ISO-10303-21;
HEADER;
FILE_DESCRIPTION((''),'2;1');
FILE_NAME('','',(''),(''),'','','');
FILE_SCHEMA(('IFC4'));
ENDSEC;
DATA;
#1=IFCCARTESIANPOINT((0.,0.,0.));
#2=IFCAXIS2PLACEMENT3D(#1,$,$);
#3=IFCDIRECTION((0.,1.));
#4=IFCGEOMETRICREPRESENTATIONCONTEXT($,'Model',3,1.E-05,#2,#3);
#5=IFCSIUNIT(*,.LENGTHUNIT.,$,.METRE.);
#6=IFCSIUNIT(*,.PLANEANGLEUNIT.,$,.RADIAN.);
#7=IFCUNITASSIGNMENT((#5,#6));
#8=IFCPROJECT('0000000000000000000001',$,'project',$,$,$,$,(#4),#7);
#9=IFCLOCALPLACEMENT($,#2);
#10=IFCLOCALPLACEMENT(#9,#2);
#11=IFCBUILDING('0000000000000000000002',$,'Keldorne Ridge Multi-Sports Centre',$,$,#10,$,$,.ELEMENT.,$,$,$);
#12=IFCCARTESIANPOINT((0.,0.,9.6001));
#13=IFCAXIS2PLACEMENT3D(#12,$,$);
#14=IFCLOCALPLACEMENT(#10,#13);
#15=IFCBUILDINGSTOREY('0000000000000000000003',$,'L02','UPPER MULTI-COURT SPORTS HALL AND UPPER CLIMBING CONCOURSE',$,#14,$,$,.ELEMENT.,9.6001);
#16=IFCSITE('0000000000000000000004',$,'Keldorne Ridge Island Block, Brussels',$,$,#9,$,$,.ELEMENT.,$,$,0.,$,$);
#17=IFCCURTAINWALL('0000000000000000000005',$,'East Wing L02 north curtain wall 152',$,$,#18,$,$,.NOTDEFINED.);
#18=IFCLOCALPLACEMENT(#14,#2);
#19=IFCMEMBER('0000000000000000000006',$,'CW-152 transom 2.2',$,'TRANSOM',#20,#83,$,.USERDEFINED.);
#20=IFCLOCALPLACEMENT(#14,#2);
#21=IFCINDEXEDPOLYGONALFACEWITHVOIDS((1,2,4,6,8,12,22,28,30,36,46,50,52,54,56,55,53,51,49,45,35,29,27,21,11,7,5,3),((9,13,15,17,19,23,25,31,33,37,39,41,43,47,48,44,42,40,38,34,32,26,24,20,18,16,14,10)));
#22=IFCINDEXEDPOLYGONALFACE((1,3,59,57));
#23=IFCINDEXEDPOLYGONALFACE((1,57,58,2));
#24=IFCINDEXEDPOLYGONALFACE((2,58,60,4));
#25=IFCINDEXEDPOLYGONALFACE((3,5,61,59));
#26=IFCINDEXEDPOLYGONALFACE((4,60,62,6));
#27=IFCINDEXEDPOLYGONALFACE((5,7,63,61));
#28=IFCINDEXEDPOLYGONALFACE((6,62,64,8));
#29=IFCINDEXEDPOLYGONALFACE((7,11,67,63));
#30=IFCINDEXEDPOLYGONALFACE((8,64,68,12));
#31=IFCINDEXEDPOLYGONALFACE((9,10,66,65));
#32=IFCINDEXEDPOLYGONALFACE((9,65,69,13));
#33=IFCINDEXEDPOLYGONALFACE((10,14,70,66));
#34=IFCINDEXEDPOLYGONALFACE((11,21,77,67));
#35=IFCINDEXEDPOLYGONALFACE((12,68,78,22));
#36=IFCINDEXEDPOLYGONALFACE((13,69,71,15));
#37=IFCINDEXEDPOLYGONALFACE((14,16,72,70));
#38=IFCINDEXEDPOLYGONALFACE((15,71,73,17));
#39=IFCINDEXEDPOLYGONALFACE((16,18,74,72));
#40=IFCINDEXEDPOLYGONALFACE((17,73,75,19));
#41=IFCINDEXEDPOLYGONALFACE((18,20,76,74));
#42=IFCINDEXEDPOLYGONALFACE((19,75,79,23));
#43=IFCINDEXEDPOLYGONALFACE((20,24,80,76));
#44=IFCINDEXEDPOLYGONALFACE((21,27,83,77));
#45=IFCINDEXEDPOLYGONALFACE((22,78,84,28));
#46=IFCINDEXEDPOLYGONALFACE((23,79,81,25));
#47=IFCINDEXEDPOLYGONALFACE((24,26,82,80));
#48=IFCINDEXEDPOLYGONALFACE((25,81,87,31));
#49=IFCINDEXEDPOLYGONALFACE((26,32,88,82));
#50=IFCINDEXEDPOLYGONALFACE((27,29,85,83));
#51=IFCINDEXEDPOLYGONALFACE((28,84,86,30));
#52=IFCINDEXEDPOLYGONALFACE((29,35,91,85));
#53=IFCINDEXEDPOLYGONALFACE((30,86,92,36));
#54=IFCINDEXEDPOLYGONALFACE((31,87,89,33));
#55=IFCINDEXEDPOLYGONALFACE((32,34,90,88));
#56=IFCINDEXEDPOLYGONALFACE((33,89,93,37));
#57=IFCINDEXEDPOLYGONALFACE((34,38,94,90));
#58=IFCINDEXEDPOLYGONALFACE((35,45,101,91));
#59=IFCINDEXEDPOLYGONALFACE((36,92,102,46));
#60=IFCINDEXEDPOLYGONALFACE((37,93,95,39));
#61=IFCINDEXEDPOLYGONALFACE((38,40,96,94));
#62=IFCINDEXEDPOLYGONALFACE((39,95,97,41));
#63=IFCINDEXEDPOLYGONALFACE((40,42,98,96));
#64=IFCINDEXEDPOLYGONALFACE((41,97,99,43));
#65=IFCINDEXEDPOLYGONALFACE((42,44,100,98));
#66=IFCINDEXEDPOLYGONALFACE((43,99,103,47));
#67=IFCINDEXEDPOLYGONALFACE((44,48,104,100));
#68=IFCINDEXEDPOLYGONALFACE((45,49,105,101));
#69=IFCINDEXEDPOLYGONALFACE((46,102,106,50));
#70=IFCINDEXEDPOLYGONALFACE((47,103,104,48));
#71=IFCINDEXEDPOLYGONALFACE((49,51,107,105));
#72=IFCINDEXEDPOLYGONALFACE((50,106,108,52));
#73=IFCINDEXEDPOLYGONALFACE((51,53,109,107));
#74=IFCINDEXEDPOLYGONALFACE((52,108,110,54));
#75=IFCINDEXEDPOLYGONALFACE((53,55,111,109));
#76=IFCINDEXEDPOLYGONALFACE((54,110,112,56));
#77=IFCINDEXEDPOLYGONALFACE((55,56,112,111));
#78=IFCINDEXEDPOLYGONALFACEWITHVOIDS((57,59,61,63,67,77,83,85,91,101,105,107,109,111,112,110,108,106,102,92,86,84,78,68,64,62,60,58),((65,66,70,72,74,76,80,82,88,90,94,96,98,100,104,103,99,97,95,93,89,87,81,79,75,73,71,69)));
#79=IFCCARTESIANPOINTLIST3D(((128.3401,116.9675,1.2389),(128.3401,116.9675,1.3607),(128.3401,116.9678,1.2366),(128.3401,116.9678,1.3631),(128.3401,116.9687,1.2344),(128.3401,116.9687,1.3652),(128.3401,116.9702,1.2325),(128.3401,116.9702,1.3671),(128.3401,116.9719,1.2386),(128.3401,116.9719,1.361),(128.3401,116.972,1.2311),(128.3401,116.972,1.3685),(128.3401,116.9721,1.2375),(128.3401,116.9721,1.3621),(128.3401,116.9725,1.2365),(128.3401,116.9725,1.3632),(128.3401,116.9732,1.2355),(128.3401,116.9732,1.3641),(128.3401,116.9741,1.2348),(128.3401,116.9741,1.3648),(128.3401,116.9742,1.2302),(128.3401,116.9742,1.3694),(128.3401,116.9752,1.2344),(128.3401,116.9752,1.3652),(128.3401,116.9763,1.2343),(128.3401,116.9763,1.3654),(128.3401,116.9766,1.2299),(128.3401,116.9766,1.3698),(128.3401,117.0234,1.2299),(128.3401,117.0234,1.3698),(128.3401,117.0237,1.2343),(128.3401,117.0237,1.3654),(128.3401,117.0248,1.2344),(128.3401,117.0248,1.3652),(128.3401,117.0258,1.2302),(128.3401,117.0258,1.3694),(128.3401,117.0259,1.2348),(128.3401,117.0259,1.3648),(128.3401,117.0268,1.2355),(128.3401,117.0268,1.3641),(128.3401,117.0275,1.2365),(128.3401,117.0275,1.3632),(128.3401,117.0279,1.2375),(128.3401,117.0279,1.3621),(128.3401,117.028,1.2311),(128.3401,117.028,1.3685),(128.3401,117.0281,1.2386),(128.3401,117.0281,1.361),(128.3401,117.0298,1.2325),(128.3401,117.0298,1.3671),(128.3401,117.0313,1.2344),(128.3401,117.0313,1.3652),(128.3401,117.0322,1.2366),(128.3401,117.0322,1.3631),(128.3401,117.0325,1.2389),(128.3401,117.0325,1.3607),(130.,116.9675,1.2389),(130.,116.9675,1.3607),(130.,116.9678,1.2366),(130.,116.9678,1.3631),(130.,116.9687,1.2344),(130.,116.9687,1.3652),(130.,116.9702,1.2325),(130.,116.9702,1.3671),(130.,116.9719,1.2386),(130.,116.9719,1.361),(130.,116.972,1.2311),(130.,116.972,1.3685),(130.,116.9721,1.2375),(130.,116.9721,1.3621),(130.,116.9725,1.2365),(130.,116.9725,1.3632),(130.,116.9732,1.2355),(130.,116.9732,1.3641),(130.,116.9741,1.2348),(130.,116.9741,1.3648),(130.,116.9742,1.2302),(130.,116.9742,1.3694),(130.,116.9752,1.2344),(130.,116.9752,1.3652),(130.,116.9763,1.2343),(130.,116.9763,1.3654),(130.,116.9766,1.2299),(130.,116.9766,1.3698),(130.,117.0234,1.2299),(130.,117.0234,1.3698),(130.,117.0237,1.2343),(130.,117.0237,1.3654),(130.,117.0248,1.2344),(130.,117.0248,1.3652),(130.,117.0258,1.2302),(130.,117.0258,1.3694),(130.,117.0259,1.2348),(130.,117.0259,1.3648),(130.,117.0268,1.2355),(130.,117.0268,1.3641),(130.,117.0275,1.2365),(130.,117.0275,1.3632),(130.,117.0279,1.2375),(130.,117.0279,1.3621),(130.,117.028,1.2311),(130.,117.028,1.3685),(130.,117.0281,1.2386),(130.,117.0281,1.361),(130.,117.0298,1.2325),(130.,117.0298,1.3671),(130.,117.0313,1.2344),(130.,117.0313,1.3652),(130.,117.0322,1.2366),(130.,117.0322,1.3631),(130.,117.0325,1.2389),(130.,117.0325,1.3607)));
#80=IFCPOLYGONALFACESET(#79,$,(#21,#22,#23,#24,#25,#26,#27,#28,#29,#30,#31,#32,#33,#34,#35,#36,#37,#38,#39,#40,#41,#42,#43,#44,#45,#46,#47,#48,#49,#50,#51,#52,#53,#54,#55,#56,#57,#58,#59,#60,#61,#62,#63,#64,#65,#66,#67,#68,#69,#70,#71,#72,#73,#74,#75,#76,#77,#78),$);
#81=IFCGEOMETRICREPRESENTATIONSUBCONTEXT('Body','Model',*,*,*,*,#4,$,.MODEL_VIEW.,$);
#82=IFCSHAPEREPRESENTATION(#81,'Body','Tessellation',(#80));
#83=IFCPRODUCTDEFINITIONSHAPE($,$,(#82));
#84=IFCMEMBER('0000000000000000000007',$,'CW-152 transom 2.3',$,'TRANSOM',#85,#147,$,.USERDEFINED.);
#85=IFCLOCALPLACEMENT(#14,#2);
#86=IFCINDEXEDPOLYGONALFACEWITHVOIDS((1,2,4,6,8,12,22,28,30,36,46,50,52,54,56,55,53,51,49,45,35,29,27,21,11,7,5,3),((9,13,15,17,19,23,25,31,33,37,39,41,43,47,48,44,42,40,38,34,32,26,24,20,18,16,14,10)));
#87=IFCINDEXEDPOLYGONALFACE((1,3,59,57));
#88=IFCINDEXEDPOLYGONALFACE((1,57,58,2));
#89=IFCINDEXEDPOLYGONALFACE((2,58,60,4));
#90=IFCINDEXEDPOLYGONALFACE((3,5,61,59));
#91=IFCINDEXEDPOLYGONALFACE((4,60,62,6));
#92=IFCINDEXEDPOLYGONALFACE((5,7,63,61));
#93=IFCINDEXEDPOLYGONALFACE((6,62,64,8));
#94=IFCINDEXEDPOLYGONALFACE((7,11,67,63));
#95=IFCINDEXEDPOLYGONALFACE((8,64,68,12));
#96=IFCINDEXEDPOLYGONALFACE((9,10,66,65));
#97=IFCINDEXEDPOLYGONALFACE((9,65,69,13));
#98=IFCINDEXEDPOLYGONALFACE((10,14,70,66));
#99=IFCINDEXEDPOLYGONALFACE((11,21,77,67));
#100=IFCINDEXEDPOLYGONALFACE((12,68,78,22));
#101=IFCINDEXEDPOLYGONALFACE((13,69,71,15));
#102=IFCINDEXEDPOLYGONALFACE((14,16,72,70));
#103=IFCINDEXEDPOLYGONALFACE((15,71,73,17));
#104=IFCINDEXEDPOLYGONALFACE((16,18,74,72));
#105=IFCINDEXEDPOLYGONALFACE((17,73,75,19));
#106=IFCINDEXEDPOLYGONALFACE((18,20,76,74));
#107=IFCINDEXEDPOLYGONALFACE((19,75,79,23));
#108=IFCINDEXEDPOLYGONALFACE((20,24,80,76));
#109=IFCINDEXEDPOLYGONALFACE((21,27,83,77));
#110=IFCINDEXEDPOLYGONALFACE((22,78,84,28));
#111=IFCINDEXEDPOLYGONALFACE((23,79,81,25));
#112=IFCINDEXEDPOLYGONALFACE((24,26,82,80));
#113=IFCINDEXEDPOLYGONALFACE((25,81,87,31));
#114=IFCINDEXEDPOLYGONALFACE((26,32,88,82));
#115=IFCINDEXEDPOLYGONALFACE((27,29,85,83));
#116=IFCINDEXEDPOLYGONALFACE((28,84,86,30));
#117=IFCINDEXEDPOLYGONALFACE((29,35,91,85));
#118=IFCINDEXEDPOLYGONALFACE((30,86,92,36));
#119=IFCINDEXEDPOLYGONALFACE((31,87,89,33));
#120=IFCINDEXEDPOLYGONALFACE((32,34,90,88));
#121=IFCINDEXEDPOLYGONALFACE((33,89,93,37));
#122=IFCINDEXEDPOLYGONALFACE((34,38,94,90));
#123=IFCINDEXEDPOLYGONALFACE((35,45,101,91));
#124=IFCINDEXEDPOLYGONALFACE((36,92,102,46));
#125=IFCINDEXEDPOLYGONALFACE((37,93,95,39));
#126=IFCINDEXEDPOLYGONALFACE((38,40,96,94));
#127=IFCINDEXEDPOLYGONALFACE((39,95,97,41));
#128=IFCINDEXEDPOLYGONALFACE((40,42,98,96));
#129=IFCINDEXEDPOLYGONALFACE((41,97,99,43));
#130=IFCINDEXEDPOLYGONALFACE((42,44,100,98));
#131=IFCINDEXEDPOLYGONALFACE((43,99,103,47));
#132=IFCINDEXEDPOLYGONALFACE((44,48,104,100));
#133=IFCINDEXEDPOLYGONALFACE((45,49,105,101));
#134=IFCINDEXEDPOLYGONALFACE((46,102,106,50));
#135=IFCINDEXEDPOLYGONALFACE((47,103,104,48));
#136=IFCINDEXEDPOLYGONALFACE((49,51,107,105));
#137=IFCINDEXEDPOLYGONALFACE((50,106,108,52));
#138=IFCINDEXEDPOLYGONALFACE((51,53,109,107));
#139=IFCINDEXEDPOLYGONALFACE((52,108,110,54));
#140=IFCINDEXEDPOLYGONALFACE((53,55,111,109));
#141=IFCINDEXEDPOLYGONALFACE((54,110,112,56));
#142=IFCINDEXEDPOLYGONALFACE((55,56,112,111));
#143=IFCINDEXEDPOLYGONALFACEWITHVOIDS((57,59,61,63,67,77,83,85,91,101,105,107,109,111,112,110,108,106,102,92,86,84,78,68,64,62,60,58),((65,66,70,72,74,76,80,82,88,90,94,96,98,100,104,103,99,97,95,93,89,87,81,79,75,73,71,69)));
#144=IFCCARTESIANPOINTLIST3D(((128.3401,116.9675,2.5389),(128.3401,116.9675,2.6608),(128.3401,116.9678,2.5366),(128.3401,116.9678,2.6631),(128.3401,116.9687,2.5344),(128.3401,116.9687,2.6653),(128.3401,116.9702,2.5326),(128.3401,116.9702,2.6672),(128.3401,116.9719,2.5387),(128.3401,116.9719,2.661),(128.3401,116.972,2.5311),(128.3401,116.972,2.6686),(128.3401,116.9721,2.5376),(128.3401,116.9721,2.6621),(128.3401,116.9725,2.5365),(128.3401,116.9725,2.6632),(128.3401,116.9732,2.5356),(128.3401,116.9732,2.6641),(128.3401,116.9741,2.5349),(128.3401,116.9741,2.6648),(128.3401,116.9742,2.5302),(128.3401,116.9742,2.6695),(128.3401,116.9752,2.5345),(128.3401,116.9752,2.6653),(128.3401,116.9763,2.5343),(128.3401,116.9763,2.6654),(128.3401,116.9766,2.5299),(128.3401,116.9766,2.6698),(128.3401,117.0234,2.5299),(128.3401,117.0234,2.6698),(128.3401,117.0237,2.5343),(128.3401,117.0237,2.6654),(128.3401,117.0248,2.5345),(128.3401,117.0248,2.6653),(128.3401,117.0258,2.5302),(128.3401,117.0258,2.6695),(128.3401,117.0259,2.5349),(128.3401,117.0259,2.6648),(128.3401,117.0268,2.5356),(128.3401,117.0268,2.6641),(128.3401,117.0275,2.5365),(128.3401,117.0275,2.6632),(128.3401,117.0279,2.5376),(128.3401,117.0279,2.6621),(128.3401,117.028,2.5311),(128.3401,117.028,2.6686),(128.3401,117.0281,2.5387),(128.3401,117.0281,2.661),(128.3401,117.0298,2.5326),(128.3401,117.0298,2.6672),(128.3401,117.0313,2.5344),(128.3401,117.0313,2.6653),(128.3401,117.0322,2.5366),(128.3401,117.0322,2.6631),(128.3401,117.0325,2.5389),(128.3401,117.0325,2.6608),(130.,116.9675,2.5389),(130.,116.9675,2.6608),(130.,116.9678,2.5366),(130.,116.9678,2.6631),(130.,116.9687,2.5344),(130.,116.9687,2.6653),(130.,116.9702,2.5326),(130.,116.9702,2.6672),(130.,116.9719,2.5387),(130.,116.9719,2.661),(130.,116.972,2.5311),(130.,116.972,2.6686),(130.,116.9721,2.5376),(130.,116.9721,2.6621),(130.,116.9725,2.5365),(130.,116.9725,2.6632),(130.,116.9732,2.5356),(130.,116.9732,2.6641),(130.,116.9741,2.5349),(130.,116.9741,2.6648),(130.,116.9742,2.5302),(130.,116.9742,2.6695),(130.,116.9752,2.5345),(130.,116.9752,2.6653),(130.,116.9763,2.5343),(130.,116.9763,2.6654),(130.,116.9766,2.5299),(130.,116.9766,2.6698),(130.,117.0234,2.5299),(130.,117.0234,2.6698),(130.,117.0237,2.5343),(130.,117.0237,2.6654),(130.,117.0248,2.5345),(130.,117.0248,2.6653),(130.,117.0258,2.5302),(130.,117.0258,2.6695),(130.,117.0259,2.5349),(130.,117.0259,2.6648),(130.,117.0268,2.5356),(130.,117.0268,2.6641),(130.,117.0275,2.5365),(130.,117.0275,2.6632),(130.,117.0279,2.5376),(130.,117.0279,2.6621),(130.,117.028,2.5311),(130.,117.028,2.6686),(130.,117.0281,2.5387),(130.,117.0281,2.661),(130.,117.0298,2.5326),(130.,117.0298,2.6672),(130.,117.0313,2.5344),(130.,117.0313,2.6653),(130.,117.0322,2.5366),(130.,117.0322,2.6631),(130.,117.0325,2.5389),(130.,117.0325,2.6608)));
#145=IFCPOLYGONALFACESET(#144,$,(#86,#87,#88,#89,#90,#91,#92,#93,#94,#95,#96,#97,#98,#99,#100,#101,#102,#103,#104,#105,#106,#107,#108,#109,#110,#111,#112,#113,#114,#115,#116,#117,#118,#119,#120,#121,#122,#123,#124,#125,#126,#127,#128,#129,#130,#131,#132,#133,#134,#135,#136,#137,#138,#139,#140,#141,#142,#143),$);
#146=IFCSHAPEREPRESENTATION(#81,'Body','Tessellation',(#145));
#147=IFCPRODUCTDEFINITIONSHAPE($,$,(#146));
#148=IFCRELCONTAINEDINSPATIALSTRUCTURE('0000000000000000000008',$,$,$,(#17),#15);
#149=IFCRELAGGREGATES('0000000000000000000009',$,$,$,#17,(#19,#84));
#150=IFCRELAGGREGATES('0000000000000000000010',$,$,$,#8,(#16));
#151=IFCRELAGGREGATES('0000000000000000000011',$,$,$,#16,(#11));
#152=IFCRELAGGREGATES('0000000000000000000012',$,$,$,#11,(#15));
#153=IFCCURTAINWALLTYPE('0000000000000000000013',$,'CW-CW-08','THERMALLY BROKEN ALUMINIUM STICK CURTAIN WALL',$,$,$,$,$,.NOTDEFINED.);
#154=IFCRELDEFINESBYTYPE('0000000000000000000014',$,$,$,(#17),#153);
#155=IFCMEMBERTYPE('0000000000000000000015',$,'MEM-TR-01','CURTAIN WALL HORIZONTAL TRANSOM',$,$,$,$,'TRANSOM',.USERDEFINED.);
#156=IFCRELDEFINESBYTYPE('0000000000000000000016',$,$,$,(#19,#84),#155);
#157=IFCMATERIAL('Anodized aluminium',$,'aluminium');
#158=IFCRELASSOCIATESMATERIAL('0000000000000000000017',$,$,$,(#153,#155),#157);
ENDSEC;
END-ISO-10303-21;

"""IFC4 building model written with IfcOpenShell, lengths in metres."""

from ifc_helpers import new_model, si_unit, direction, frame, origin, origin_2d, place, context, subcontext, project, spatial, hollow_rectangle, extrude, material, material_profile, profile_set, type_object, element, aggregate, save


model = new_model("IFC4")

# Units and contexts
model_context = context("Model", 3, precision=1e-05, world=origin(), true_north=direction((0.0, 1.0)))
body_context = subcontext(model_context, "Body", "Model", "MODEL_VIEW")
ifc_project = project(units=[si_unit("LENGTHUNIT", "METRE"), si_unit("PLANEANGLEUNIT", "RADIAN")], contexts=[model_context])

# Site, building, storey
site_placement = place(None, origin())
site = spatial("IfcSite", under=ifc_project, at=site_placement, Name="Keldorne Ridge Island Block, Brussels", CompositionType="ELEMENT", RefElevation=0.0)
building_placement = place(site_placement, origin())
building = spatial("IfcBuilding", under=site, at=building_placement, Name="Keldorne Ridge Multi-Sports Centre", CompositionType="ELEMENT")
storey_placement = place(building_placement, frame((0.0, 0.0, 9.6001)))
storey = spatial("IfcBuildingStorey", under=building, at=storey_placement, Name="L02", Description="UPPER MULTI-COURT SPORTS HALL AND UPPER CLIMBING CONCOURSE", CompositionType="ELEMENT", Elevation=9.6001)

# Curtain wall, members
ifc_material_1 = material(Name="Anodized aluminium", Category="aluminium")
curtain_wall_type = type_object("IfcCurtainWallType", Name="CW-CW-08", Description="THERMALLY BROKEN ALUMINIUM STICK CURTAIN WALL", PredefinedType="NOTDEFINED", material=ifc_material_1)
curtain_wall_placement = place(storey_placement, origin())
curtain_wall = element("IfcCurtainWall", 1, at=curtain_wall_placement, inside=storey, type_object=curtain_wall_type, Name="East Wing L02 north curtain wall 152", PredefinedType="NOTDEFINED")
ifc_material_profile_1 = material_profile(ifc_material_1, hollow_rectangle(XDim=0.0649, YDim=0.1399, WallThickness=0.0044, InnerFilletRadius=0.0044, OuterFilletRadius=0.009, at=origin_2d()), Name="ALU TRANSOM 140x65x4.5")
ifc_profile_set_1 = profile_set([ifc_material_profile_1], Name="Anodized aluminium")
member_type_1 = type_object("IfcMemberType", Name="MEM-TR-01", Description="CURTAIN WALL HORIZONTAL TRANSOM", ElementType="TRANSOM", PredefinedType="USERDEFINED", material=ifc_profile_set_1)
member_1_placement = place(storey_placement, frame((130.0, 117.0, 1.2998), z_axis=(-1.0, 0.0, 0.0), x_axis=(0.0, -1.0, 0.0)))
member_1 = element("IfcMember", 2, at=member_1_placement, type_object=member_type_1, Name="CW-152 transom 2.2", ObjectType="TRANSOM", PredefinedType="USERDEFINED", context=body_context, shape_type="SweptSolid", body=[
    extrude(hollow_rectangle(XDim=0.0649, YDim=0.1399, WallThickness=0.0044, InnerFilletRadius=0.0044, OuterFilletRadius=0.009, at=origin_2d()), origin(), (0.0, 0.0, 1.0), 1.6599),
])
member_2_placement = place(storey_placement, frame((130.0, 117.0, 2.5999), z_axis=(-1.0, 0.0, 0.0), x_axis=(0.0, -1.0, 0.0)))
member_2 = element("IfcMember", 3, at=member_2_placement, type_object=member_type_1, Name="CW-152 transom 2.3", ObjectType="TRANSOM", PredefinedType="USERDEFINED", context=body_context, shape_type="SweptSolid", body=[
    extrude(hollow_rectangle(XDim=0.0649, YDim=0.1399, WallThickness=0.0044, InnerFilletRadius=0.0044, OuterFilletRadius=0.009, at=origin_2d()), origin(), (0.0, 0.0, 1.0), 1.6599),
])
aggregate(curtain_wall, [member_1, member_2])

save(model, "model.ifc")
